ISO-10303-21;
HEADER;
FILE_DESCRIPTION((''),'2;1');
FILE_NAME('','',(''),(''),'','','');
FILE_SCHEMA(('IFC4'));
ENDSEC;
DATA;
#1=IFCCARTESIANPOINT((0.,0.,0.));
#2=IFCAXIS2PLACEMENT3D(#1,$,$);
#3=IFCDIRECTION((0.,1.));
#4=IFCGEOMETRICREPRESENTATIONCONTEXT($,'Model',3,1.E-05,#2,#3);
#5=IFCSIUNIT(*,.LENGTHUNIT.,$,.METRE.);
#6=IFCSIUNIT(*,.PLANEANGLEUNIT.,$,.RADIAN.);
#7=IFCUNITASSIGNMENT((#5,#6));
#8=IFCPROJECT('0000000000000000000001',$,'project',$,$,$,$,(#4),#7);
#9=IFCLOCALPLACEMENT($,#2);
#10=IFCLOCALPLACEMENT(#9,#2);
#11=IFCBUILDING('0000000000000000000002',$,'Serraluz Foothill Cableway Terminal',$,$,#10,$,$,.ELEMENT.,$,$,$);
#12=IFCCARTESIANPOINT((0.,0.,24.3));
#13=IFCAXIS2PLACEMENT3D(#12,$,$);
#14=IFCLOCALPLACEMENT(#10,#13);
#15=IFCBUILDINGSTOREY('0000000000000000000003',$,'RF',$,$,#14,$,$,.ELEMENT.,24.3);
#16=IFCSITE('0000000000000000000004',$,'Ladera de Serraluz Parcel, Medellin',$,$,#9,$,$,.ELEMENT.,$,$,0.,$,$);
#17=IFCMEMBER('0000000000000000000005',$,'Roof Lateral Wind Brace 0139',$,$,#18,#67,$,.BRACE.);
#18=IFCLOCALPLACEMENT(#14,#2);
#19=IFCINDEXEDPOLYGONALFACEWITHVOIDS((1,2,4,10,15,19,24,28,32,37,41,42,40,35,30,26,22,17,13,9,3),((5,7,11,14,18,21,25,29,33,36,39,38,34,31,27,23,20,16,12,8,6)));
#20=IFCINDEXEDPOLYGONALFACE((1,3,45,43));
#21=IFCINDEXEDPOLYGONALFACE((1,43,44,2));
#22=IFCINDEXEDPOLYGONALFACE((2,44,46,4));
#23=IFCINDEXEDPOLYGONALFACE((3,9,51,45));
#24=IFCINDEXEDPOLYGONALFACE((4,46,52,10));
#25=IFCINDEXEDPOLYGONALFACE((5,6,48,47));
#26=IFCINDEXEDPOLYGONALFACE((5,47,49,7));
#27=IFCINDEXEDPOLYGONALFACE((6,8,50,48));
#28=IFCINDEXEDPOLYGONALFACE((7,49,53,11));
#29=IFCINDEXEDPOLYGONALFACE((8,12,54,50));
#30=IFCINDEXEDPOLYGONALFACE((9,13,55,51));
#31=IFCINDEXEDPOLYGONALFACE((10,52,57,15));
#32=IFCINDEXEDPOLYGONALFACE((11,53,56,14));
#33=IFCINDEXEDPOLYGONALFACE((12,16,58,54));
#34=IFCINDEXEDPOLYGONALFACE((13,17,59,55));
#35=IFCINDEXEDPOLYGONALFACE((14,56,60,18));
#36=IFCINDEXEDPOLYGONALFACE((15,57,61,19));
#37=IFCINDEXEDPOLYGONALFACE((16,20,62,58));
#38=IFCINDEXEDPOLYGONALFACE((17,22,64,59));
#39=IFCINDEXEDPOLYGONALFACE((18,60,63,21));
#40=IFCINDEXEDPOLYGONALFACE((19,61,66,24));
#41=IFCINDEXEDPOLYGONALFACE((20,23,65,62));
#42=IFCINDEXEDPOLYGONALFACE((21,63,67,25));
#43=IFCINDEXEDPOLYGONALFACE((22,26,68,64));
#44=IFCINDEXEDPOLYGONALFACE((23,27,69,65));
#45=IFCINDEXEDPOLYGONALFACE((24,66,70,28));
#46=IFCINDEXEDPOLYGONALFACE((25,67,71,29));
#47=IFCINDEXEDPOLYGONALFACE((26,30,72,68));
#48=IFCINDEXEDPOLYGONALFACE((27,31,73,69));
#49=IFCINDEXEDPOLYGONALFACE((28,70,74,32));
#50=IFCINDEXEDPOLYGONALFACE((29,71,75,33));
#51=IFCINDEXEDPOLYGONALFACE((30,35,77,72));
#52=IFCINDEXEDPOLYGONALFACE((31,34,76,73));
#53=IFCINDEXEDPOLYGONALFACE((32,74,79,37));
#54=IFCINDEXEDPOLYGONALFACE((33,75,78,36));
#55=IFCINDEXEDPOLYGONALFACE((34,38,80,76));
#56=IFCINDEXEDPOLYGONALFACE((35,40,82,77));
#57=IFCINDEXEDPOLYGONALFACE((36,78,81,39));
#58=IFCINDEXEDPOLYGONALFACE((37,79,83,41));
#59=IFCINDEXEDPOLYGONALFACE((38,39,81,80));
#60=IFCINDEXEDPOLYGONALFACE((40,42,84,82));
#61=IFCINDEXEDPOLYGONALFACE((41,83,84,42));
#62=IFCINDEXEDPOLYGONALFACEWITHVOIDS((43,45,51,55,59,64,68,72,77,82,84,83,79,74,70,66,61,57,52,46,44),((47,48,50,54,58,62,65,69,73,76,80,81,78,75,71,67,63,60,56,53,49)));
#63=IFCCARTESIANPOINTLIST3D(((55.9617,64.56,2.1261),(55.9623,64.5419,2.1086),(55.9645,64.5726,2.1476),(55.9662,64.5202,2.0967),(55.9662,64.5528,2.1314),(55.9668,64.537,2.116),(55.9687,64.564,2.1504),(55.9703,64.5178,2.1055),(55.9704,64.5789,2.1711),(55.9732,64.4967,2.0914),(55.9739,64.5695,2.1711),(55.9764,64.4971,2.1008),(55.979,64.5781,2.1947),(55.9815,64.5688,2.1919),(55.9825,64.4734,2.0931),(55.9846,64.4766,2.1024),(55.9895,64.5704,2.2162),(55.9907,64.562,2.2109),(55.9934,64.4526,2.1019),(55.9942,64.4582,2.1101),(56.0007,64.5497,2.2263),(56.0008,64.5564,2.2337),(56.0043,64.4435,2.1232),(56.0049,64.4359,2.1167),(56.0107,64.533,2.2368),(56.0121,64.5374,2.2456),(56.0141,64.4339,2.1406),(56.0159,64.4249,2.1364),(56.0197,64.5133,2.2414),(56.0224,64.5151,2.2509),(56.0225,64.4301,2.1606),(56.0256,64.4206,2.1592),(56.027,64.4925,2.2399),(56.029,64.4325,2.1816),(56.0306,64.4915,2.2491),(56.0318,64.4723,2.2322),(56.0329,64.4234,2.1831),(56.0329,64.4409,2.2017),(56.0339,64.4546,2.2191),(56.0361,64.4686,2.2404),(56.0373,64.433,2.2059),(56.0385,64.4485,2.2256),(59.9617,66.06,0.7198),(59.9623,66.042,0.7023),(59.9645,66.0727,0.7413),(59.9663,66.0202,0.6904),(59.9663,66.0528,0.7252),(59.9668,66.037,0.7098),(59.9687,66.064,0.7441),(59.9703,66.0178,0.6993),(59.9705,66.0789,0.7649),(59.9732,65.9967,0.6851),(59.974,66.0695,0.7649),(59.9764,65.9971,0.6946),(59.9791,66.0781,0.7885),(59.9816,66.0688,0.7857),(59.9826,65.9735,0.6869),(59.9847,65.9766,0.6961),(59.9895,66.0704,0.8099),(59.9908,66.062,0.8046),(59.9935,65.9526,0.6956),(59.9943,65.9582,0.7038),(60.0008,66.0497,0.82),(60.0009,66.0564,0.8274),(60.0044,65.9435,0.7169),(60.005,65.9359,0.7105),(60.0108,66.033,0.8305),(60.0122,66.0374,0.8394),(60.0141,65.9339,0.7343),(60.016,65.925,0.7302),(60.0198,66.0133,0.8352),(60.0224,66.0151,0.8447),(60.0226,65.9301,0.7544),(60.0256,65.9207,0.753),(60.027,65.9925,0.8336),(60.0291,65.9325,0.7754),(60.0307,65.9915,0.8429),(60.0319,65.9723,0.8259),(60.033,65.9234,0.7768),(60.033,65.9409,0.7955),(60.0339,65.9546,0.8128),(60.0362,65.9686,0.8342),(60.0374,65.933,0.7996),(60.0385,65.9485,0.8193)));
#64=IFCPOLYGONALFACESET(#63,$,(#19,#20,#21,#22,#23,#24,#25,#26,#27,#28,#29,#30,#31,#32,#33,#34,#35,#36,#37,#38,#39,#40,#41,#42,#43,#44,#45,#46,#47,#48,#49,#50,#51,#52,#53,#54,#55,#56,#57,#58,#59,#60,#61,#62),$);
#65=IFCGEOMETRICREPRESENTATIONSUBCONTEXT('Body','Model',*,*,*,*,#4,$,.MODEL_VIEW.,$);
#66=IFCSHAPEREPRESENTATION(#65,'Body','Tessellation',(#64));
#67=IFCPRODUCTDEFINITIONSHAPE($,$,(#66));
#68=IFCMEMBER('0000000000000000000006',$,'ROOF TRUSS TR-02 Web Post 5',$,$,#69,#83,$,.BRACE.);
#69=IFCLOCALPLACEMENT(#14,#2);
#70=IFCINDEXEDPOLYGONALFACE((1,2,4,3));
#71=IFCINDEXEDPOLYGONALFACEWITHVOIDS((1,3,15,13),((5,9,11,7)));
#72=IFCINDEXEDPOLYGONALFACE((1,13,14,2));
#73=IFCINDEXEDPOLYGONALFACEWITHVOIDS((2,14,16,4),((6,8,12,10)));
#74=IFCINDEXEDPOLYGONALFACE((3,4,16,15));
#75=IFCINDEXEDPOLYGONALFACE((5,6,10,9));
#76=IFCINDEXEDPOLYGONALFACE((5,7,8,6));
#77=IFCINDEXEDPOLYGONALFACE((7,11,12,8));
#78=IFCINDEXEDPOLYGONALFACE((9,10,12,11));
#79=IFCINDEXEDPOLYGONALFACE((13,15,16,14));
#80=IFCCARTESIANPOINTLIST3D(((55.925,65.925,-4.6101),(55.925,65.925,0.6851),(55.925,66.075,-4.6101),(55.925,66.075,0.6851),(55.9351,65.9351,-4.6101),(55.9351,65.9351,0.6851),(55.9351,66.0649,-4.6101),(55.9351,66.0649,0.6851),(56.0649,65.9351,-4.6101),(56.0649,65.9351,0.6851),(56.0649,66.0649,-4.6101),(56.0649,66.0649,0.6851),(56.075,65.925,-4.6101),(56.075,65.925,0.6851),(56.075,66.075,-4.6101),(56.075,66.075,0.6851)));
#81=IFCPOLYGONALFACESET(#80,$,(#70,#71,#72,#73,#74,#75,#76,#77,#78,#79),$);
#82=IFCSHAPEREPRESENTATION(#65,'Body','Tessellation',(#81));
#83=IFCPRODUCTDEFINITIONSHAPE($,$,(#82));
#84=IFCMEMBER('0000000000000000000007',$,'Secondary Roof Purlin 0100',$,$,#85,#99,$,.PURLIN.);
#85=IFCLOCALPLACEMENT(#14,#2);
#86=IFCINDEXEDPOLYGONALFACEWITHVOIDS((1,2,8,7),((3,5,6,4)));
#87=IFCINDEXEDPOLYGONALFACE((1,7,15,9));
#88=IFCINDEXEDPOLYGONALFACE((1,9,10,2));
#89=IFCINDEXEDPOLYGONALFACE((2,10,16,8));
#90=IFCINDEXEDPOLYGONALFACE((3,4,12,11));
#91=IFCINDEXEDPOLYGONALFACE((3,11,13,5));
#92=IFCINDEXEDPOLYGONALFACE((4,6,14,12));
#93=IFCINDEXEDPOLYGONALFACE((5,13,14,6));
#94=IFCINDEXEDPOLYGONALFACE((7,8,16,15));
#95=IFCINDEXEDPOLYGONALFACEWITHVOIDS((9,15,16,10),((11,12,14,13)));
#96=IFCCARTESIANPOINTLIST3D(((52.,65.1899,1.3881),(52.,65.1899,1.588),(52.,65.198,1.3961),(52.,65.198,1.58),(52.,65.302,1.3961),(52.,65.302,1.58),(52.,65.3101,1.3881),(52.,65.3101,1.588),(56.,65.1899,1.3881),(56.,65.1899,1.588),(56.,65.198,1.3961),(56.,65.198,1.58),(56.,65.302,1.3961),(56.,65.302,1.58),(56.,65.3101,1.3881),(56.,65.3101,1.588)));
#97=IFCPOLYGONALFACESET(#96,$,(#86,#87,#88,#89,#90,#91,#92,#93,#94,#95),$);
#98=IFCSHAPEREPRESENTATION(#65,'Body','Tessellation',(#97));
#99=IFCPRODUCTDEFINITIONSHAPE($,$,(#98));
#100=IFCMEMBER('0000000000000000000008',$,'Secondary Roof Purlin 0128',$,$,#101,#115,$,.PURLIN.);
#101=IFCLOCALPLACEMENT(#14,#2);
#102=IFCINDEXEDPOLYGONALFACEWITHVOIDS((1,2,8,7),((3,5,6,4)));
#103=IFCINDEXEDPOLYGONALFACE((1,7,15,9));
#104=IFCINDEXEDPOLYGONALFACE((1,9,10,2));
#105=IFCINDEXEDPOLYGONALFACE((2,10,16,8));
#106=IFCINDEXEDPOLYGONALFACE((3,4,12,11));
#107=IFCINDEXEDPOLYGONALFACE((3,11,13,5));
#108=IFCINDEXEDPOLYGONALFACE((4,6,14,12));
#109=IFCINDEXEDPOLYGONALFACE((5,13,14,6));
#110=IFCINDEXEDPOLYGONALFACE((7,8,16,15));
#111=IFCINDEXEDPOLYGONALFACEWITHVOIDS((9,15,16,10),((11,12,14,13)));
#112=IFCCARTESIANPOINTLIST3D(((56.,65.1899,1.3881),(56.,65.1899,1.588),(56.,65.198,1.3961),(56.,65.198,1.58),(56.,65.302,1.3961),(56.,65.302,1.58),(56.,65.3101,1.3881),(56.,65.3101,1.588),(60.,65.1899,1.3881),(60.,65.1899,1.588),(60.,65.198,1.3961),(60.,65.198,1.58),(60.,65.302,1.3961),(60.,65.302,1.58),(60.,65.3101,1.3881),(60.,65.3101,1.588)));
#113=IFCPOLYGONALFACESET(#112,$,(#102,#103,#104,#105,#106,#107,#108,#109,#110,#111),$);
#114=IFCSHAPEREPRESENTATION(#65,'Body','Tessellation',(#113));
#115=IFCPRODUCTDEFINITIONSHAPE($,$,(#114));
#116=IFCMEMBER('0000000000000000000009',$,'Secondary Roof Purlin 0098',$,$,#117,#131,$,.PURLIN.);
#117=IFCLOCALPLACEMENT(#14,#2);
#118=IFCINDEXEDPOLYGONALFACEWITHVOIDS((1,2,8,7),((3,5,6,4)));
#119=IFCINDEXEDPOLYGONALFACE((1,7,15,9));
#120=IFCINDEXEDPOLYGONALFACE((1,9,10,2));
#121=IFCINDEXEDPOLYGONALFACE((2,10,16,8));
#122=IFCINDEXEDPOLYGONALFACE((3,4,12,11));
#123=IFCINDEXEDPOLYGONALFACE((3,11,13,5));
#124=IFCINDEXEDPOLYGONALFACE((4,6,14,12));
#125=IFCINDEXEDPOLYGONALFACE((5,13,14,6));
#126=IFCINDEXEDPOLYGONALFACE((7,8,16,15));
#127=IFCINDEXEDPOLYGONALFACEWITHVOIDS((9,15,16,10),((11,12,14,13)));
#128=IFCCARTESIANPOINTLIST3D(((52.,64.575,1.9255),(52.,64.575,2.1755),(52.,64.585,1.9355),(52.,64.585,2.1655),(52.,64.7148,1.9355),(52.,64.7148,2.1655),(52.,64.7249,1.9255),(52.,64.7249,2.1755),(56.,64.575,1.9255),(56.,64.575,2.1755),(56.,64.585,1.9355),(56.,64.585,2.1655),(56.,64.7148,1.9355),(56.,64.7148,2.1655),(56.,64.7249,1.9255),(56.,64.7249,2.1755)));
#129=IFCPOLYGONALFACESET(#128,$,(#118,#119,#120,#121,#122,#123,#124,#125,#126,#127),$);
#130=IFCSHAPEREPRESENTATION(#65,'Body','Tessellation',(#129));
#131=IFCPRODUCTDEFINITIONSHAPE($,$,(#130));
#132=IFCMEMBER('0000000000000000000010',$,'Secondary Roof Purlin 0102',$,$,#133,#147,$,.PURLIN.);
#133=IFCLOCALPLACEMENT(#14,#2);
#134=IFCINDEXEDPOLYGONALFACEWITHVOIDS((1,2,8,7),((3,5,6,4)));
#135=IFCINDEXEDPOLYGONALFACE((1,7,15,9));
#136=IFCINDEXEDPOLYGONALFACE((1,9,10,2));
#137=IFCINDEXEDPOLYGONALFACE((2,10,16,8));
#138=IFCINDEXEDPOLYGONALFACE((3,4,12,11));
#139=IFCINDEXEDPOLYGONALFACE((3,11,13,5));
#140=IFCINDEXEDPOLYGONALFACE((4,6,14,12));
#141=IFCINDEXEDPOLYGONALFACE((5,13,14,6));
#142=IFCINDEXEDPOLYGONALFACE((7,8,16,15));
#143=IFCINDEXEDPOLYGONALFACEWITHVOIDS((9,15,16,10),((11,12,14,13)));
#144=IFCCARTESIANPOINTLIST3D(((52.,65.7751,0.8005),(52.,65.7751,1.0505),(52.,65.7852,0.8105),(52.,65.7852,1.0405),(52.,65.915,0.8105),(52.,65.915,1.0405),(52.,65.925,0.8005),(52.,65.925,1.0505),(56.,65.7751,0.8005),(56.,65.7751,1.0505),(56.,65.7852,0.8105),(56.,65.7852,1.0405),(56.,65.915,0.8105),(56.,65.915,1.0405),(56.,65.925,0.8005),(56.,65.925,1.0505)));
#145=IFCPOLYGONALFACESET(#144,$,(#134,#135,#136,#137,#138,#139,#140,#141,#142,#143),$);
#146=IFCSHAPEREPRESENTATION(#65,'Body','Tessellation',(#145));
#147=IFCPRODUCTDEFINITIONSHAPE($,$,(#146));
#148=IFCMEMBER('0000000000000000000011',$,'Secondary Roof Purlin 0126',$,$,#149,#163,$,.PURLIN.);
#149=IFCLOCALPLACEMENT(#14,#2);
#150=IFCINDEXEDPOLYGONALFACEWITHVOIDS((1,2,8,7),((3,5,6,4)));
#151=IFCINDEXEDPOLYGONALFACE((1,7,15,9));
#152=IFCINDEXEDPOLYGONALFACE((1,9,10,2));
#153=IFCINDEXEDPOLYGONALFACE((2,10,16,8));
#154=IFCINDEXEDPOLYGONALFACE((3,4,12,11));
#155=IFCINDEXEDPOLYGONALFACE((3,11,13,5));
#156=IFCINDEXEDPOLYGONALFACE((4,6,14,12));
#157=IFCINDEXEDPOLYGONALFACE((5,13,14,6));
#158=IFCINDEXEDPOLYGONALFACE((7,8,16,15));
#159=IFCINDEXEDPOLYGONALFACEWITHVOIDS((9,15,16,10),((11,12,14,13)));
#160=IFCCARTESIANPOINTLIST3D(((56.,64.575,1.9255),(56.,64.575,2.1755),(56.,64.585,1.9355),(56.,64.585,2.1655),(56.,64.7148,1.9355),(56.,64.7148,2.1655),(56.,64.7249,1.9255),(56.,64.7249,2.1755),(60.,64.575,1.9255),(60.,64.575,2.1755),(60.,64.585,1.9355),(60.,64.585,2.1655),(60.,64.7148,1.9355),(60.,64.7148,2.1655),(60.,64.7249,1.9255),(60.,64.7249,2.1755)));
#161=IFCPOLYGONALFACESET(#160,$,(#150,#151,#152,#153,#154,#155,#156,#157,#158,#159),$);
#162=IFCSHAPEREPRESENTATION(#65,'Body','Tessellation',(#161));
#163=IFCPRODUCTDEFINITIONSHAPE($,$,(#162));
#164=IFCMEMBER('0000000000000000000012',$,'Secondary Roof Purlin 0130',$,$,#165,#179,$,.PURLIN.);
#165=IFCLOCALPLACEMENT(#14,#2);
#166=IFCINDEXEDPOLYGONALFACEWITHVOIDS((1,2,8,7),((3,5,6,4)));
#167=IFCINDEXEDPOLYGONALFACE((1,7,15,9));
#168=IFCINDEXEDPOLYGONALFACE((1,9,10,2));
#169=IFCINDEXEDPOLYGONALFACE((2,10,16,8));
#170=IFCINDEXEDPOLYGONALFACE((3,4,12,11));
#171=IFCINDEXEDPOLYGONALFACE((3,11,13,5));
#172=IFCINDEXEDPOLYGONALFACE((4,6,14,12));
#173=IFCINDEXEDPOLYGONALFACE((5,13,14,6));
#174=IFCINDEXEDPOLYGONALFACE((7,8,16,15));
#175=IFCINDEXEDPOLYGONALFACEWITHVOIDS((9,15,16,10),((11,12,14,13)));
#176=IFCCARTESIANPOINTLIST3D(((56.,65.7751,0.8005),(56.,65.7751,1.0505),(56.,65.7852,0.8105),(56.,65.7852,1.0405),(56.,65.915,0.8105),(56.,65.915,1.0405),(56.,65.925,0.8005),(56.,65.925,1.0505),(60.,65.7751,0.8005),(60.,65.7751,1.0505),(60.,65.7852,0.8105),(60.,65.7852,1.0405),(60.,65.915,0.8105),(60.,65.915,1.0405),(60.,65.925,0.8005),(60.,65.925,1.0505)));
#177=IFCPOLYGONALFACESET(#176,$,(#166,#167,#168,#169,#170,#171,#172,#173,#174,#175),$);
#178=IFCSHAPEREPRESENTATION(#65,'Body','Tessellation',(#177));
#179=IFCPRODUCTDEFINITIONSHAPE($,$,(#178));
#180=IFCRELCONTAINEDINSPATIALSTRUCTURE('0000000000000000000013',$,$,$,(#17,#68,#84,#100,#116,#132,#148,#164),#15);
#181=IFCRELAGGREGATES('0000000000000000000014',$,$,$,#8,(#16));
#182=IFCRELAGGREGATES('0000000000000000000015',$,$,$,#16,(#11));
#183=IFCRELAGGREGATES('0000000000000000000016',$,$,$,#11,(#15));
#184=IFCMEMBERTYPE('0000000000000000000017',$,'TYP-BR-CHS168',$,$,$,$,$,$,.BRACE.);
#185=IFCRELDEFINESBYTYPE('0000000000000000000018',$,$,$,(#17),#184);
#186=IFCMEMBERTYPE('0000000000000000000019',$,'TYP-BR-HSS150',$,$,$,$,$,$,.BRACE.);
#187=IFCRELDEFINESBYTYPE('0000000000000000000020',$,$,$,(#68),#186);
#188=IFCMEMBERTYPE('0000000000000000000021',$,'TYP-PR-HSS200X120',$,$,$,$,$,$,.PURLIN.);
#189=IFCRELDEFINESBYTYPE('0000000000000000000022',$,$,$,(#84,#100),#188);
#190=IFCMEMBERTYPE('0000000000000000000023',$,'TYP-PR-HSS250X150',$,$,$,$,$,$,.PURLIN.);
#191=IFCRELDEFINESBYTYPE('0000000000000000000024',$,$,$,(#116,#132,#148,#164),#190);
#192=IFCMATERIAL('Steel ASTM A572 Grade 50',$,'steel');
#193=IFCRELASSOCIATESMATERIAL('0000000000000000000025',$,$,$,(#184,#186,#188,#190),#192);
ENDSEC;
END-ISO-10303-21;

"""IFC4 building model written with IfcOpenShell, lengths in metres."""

from ifc_helpers import new_model, si_unit, direction, frame, origin, origin_2d, place, context, subcontext, project, spatial, hollow_rectangle, hollow_circle, extrude, material, material_profile, profile_set, type_object, element, save


model = new_model("IFC4")

# Units and contexts
model_context = context("Model", 3, precision=1e-05, world=origin(), true_north=direction((0.0, 1.0)))
body_context = subcontext(model_context, "Body", "Model", "MODEL_VIEW")
ifc_project = project(units=[si_unit("LENGTHUNIT", "METRE"), si_unit("PLANEANGLEUNIT", "RADIAN")], contexts=[model_context])

# Site, building, storey
site_placement = place(None, origin())
site = spatial("IfcSite", under=ifc_project, at=site_placement, Name="Ladera de Serraluz Parcel, Medellin", CompositionType="ELEMENT", RefElevation=0.0)
building_placement = place(site_placement, origin())
building = spatial("IfcBuilding", under=site, at=building_placement, Name="Serraluz Foothill Cableway Terminal", CompositionType="ELEMENT")
storey_placement = place(building_placement, frame((0.0, 0.0, 24.3)))
storey = spatial("IfcBuildingStorey", under=building, at=storey_placement, Name="RF", CompositionType="ELEMENT", Elevation=24.3)

# Members
ifc_material_1 = material(Name="Steel ASTM A572 Grade 50", Category="steel")
ifc_material_profile_1 = material_profile(ifc_material_1, hollow_circle(Radius=0.0842, WallThickness=0.01, at=origin_2d()), Name="CHS168X10")
ifc_profile_set_1 = profile_set([ifc_material_profile_1], Name="Steel ASTM A572 Grade 50")
member_type_1 = type_object("IfcMemberType", Name="TYP-BR-CHS168", PredefinedType="BRACE", material=ifc_profile_set_1)
for number, where, z_axis, x_axis, name in (
    (1, (56.0, 64.5, 2.1711), (0.889382, 0.333518, -0.312673), (-0.351123, 0.936329, 0.0), "Roof Lateral Wind Brace 0139"),
):
    element("IfcMember", number, at=place(storey_placement, frame(where, z_axis=z_axis, x_axis=x_axis)), inside=storey, type_object=member_type_1, Name=name, PredefinedType="BRACE", context=body_context, shape_type="SweptSolid", body=[
        extrude(hollow_circle(Radius=0.0842, WallThickness=0.01, at=origin_2d()), origin(), (0.0, 0.0, 1.0), 4.4976),
    ])
ifc_material_profile_2 = material_profile(ifc_material_1, hollow_rectangle(XDim=0.1499, YDim=0.1499, WallThickness=0.01, at=origin_2d()), Name="HSS150X150X10")
ifc_profile_set_2 = profile_set([ifc_material_profile_2], Name="Steel ASTM A572 Grade 50")
member_type_2 = type_object("IfcMemberType", Name="TYP-BR-HSS150", PredefinedType="BRACE", material=ifc_profile_set_2)
member_1_placement = place(storey_placement, frame((56.0, 66.0, -4.6101), z_axis=(0.0, 0.0, 1.0), x_axis=(1.0, 0.0, 0.0)))
element("IfcMember", 2, at=member_1_placement, inside=storey, type_object=member_type_2, Name="ROOF TRUSS TR-02 Web Post 5", PredefinedType="BRACE", context=body_context, shape_type="SweptSolid", body=[
    extrude(hollow_rectangle(XDim=0.1499, YDim=0.1499, WallThickness=0.01, at=origin_2d()), origin(), (0.0, 0.0, 1.0), 5.2952),
])
ifc_material_profile_3 = material_profile(ifc_material_1, hollow_rectangle(XDim=0.1201, YDim=0.2, WallThickness=0.0081, at=origin_2d()), Name="HSS200X120X8")
ifc_profile_set_3 = profile_set([ifc_material_profile_3], Name="Steel ASTM A572 Grade 50")
member_type_3 = type_object("IfcMemberType", Name="TYP-PR-HSS200X120", PredefinedType="PURLIN", material=ifc_profile_set_3)
for number, where, z_axis, x_axis, name in (
    (3, (52.0, 65.25, 1.488), (1.0, 0.0, 0.0), (0.0, 1.0, 0.0), "Secondary Roof Purlin 0100"),
    (4, (56.0, 65.25, 1.488), (1.0, 0.0, 0.0), (0.0, 1.0, 0.0), "Secondary Roof Purlin 0128"),
):
    element("IfcMember", number, at=place(storey_placement, frame(where, z_axis=z_axis, x_axis=x_axis)), inside=storey, type_object=member_type_3, Name=name, PredefinedType="PURLIN", context=body_context, shape_type="SweptSolid", body=[
        extrude(hollow_rectangle(XDim=0.1201, YDim=0.2, WallThickness=0.0081, at=origin_2d()), origin(), (0.0, 0.0, 1.0), 4.0),
    ])
ifc_material_profile_4 = material_profile(ifc_material_1, hollow_rectangle(XDim=0.1499, YDim=0.25, WallThickness=0.01, at=origin_2d()), Name="HSS250X150X10")
ifc_profile_set_4 = profile_set([ifc_material_profile_4], Name="Steel ASTM A572 Grade 50")
member_type_4 = type_object("IfcMemberType", Name="TYP-PR-HSS250X150", PredefinedType="PURLIN", material=ifc_profile_set_4)
for number, where, z_axis, x_axis, name in (
    (5, (52.0, 64.6499, 2.0505), (1.0, 0.0, 0.0), (0.0, 1.0, 0.0), "Secondary Roof Purlin 0098"),
    (6, (52.0, 65.8501, 0.9255), (1.0, 0.0, 0.0), (0.0, 1.0, 0.0), "Secondary Roof Purlin 0102"),
    (7, (56.0, 64.6499, 2.0505), (1.0, 0.0, 0.0), (0.0, 1.0, 0.0), "Secondary Roof Purlin 0126"),
    (8, (56.0, 65.8501, 0.9255), (1.0, 0.0, 0.0), (0.0, 1.0, 0.0), "Secondary Roof Purlin 0130"),
):
    element("IfcMember", number, at=place(storey_placement, frame(where, z_axis=z_axis, x_axis=x_axis)), inside=storey, type_object=member_type_4, Name=name, PredefinedType="PURLIN", context=body_context, shape_type="SweptSolid", body=[
        extrude(hollow_rectangle(XDim=0.1499, YDim=0.25, WallThickness=0.01, at=origin_2d()), origin(), (0.0, 0.0, 1.0), 4.0),
    ])

save(model, "model.ifc")
